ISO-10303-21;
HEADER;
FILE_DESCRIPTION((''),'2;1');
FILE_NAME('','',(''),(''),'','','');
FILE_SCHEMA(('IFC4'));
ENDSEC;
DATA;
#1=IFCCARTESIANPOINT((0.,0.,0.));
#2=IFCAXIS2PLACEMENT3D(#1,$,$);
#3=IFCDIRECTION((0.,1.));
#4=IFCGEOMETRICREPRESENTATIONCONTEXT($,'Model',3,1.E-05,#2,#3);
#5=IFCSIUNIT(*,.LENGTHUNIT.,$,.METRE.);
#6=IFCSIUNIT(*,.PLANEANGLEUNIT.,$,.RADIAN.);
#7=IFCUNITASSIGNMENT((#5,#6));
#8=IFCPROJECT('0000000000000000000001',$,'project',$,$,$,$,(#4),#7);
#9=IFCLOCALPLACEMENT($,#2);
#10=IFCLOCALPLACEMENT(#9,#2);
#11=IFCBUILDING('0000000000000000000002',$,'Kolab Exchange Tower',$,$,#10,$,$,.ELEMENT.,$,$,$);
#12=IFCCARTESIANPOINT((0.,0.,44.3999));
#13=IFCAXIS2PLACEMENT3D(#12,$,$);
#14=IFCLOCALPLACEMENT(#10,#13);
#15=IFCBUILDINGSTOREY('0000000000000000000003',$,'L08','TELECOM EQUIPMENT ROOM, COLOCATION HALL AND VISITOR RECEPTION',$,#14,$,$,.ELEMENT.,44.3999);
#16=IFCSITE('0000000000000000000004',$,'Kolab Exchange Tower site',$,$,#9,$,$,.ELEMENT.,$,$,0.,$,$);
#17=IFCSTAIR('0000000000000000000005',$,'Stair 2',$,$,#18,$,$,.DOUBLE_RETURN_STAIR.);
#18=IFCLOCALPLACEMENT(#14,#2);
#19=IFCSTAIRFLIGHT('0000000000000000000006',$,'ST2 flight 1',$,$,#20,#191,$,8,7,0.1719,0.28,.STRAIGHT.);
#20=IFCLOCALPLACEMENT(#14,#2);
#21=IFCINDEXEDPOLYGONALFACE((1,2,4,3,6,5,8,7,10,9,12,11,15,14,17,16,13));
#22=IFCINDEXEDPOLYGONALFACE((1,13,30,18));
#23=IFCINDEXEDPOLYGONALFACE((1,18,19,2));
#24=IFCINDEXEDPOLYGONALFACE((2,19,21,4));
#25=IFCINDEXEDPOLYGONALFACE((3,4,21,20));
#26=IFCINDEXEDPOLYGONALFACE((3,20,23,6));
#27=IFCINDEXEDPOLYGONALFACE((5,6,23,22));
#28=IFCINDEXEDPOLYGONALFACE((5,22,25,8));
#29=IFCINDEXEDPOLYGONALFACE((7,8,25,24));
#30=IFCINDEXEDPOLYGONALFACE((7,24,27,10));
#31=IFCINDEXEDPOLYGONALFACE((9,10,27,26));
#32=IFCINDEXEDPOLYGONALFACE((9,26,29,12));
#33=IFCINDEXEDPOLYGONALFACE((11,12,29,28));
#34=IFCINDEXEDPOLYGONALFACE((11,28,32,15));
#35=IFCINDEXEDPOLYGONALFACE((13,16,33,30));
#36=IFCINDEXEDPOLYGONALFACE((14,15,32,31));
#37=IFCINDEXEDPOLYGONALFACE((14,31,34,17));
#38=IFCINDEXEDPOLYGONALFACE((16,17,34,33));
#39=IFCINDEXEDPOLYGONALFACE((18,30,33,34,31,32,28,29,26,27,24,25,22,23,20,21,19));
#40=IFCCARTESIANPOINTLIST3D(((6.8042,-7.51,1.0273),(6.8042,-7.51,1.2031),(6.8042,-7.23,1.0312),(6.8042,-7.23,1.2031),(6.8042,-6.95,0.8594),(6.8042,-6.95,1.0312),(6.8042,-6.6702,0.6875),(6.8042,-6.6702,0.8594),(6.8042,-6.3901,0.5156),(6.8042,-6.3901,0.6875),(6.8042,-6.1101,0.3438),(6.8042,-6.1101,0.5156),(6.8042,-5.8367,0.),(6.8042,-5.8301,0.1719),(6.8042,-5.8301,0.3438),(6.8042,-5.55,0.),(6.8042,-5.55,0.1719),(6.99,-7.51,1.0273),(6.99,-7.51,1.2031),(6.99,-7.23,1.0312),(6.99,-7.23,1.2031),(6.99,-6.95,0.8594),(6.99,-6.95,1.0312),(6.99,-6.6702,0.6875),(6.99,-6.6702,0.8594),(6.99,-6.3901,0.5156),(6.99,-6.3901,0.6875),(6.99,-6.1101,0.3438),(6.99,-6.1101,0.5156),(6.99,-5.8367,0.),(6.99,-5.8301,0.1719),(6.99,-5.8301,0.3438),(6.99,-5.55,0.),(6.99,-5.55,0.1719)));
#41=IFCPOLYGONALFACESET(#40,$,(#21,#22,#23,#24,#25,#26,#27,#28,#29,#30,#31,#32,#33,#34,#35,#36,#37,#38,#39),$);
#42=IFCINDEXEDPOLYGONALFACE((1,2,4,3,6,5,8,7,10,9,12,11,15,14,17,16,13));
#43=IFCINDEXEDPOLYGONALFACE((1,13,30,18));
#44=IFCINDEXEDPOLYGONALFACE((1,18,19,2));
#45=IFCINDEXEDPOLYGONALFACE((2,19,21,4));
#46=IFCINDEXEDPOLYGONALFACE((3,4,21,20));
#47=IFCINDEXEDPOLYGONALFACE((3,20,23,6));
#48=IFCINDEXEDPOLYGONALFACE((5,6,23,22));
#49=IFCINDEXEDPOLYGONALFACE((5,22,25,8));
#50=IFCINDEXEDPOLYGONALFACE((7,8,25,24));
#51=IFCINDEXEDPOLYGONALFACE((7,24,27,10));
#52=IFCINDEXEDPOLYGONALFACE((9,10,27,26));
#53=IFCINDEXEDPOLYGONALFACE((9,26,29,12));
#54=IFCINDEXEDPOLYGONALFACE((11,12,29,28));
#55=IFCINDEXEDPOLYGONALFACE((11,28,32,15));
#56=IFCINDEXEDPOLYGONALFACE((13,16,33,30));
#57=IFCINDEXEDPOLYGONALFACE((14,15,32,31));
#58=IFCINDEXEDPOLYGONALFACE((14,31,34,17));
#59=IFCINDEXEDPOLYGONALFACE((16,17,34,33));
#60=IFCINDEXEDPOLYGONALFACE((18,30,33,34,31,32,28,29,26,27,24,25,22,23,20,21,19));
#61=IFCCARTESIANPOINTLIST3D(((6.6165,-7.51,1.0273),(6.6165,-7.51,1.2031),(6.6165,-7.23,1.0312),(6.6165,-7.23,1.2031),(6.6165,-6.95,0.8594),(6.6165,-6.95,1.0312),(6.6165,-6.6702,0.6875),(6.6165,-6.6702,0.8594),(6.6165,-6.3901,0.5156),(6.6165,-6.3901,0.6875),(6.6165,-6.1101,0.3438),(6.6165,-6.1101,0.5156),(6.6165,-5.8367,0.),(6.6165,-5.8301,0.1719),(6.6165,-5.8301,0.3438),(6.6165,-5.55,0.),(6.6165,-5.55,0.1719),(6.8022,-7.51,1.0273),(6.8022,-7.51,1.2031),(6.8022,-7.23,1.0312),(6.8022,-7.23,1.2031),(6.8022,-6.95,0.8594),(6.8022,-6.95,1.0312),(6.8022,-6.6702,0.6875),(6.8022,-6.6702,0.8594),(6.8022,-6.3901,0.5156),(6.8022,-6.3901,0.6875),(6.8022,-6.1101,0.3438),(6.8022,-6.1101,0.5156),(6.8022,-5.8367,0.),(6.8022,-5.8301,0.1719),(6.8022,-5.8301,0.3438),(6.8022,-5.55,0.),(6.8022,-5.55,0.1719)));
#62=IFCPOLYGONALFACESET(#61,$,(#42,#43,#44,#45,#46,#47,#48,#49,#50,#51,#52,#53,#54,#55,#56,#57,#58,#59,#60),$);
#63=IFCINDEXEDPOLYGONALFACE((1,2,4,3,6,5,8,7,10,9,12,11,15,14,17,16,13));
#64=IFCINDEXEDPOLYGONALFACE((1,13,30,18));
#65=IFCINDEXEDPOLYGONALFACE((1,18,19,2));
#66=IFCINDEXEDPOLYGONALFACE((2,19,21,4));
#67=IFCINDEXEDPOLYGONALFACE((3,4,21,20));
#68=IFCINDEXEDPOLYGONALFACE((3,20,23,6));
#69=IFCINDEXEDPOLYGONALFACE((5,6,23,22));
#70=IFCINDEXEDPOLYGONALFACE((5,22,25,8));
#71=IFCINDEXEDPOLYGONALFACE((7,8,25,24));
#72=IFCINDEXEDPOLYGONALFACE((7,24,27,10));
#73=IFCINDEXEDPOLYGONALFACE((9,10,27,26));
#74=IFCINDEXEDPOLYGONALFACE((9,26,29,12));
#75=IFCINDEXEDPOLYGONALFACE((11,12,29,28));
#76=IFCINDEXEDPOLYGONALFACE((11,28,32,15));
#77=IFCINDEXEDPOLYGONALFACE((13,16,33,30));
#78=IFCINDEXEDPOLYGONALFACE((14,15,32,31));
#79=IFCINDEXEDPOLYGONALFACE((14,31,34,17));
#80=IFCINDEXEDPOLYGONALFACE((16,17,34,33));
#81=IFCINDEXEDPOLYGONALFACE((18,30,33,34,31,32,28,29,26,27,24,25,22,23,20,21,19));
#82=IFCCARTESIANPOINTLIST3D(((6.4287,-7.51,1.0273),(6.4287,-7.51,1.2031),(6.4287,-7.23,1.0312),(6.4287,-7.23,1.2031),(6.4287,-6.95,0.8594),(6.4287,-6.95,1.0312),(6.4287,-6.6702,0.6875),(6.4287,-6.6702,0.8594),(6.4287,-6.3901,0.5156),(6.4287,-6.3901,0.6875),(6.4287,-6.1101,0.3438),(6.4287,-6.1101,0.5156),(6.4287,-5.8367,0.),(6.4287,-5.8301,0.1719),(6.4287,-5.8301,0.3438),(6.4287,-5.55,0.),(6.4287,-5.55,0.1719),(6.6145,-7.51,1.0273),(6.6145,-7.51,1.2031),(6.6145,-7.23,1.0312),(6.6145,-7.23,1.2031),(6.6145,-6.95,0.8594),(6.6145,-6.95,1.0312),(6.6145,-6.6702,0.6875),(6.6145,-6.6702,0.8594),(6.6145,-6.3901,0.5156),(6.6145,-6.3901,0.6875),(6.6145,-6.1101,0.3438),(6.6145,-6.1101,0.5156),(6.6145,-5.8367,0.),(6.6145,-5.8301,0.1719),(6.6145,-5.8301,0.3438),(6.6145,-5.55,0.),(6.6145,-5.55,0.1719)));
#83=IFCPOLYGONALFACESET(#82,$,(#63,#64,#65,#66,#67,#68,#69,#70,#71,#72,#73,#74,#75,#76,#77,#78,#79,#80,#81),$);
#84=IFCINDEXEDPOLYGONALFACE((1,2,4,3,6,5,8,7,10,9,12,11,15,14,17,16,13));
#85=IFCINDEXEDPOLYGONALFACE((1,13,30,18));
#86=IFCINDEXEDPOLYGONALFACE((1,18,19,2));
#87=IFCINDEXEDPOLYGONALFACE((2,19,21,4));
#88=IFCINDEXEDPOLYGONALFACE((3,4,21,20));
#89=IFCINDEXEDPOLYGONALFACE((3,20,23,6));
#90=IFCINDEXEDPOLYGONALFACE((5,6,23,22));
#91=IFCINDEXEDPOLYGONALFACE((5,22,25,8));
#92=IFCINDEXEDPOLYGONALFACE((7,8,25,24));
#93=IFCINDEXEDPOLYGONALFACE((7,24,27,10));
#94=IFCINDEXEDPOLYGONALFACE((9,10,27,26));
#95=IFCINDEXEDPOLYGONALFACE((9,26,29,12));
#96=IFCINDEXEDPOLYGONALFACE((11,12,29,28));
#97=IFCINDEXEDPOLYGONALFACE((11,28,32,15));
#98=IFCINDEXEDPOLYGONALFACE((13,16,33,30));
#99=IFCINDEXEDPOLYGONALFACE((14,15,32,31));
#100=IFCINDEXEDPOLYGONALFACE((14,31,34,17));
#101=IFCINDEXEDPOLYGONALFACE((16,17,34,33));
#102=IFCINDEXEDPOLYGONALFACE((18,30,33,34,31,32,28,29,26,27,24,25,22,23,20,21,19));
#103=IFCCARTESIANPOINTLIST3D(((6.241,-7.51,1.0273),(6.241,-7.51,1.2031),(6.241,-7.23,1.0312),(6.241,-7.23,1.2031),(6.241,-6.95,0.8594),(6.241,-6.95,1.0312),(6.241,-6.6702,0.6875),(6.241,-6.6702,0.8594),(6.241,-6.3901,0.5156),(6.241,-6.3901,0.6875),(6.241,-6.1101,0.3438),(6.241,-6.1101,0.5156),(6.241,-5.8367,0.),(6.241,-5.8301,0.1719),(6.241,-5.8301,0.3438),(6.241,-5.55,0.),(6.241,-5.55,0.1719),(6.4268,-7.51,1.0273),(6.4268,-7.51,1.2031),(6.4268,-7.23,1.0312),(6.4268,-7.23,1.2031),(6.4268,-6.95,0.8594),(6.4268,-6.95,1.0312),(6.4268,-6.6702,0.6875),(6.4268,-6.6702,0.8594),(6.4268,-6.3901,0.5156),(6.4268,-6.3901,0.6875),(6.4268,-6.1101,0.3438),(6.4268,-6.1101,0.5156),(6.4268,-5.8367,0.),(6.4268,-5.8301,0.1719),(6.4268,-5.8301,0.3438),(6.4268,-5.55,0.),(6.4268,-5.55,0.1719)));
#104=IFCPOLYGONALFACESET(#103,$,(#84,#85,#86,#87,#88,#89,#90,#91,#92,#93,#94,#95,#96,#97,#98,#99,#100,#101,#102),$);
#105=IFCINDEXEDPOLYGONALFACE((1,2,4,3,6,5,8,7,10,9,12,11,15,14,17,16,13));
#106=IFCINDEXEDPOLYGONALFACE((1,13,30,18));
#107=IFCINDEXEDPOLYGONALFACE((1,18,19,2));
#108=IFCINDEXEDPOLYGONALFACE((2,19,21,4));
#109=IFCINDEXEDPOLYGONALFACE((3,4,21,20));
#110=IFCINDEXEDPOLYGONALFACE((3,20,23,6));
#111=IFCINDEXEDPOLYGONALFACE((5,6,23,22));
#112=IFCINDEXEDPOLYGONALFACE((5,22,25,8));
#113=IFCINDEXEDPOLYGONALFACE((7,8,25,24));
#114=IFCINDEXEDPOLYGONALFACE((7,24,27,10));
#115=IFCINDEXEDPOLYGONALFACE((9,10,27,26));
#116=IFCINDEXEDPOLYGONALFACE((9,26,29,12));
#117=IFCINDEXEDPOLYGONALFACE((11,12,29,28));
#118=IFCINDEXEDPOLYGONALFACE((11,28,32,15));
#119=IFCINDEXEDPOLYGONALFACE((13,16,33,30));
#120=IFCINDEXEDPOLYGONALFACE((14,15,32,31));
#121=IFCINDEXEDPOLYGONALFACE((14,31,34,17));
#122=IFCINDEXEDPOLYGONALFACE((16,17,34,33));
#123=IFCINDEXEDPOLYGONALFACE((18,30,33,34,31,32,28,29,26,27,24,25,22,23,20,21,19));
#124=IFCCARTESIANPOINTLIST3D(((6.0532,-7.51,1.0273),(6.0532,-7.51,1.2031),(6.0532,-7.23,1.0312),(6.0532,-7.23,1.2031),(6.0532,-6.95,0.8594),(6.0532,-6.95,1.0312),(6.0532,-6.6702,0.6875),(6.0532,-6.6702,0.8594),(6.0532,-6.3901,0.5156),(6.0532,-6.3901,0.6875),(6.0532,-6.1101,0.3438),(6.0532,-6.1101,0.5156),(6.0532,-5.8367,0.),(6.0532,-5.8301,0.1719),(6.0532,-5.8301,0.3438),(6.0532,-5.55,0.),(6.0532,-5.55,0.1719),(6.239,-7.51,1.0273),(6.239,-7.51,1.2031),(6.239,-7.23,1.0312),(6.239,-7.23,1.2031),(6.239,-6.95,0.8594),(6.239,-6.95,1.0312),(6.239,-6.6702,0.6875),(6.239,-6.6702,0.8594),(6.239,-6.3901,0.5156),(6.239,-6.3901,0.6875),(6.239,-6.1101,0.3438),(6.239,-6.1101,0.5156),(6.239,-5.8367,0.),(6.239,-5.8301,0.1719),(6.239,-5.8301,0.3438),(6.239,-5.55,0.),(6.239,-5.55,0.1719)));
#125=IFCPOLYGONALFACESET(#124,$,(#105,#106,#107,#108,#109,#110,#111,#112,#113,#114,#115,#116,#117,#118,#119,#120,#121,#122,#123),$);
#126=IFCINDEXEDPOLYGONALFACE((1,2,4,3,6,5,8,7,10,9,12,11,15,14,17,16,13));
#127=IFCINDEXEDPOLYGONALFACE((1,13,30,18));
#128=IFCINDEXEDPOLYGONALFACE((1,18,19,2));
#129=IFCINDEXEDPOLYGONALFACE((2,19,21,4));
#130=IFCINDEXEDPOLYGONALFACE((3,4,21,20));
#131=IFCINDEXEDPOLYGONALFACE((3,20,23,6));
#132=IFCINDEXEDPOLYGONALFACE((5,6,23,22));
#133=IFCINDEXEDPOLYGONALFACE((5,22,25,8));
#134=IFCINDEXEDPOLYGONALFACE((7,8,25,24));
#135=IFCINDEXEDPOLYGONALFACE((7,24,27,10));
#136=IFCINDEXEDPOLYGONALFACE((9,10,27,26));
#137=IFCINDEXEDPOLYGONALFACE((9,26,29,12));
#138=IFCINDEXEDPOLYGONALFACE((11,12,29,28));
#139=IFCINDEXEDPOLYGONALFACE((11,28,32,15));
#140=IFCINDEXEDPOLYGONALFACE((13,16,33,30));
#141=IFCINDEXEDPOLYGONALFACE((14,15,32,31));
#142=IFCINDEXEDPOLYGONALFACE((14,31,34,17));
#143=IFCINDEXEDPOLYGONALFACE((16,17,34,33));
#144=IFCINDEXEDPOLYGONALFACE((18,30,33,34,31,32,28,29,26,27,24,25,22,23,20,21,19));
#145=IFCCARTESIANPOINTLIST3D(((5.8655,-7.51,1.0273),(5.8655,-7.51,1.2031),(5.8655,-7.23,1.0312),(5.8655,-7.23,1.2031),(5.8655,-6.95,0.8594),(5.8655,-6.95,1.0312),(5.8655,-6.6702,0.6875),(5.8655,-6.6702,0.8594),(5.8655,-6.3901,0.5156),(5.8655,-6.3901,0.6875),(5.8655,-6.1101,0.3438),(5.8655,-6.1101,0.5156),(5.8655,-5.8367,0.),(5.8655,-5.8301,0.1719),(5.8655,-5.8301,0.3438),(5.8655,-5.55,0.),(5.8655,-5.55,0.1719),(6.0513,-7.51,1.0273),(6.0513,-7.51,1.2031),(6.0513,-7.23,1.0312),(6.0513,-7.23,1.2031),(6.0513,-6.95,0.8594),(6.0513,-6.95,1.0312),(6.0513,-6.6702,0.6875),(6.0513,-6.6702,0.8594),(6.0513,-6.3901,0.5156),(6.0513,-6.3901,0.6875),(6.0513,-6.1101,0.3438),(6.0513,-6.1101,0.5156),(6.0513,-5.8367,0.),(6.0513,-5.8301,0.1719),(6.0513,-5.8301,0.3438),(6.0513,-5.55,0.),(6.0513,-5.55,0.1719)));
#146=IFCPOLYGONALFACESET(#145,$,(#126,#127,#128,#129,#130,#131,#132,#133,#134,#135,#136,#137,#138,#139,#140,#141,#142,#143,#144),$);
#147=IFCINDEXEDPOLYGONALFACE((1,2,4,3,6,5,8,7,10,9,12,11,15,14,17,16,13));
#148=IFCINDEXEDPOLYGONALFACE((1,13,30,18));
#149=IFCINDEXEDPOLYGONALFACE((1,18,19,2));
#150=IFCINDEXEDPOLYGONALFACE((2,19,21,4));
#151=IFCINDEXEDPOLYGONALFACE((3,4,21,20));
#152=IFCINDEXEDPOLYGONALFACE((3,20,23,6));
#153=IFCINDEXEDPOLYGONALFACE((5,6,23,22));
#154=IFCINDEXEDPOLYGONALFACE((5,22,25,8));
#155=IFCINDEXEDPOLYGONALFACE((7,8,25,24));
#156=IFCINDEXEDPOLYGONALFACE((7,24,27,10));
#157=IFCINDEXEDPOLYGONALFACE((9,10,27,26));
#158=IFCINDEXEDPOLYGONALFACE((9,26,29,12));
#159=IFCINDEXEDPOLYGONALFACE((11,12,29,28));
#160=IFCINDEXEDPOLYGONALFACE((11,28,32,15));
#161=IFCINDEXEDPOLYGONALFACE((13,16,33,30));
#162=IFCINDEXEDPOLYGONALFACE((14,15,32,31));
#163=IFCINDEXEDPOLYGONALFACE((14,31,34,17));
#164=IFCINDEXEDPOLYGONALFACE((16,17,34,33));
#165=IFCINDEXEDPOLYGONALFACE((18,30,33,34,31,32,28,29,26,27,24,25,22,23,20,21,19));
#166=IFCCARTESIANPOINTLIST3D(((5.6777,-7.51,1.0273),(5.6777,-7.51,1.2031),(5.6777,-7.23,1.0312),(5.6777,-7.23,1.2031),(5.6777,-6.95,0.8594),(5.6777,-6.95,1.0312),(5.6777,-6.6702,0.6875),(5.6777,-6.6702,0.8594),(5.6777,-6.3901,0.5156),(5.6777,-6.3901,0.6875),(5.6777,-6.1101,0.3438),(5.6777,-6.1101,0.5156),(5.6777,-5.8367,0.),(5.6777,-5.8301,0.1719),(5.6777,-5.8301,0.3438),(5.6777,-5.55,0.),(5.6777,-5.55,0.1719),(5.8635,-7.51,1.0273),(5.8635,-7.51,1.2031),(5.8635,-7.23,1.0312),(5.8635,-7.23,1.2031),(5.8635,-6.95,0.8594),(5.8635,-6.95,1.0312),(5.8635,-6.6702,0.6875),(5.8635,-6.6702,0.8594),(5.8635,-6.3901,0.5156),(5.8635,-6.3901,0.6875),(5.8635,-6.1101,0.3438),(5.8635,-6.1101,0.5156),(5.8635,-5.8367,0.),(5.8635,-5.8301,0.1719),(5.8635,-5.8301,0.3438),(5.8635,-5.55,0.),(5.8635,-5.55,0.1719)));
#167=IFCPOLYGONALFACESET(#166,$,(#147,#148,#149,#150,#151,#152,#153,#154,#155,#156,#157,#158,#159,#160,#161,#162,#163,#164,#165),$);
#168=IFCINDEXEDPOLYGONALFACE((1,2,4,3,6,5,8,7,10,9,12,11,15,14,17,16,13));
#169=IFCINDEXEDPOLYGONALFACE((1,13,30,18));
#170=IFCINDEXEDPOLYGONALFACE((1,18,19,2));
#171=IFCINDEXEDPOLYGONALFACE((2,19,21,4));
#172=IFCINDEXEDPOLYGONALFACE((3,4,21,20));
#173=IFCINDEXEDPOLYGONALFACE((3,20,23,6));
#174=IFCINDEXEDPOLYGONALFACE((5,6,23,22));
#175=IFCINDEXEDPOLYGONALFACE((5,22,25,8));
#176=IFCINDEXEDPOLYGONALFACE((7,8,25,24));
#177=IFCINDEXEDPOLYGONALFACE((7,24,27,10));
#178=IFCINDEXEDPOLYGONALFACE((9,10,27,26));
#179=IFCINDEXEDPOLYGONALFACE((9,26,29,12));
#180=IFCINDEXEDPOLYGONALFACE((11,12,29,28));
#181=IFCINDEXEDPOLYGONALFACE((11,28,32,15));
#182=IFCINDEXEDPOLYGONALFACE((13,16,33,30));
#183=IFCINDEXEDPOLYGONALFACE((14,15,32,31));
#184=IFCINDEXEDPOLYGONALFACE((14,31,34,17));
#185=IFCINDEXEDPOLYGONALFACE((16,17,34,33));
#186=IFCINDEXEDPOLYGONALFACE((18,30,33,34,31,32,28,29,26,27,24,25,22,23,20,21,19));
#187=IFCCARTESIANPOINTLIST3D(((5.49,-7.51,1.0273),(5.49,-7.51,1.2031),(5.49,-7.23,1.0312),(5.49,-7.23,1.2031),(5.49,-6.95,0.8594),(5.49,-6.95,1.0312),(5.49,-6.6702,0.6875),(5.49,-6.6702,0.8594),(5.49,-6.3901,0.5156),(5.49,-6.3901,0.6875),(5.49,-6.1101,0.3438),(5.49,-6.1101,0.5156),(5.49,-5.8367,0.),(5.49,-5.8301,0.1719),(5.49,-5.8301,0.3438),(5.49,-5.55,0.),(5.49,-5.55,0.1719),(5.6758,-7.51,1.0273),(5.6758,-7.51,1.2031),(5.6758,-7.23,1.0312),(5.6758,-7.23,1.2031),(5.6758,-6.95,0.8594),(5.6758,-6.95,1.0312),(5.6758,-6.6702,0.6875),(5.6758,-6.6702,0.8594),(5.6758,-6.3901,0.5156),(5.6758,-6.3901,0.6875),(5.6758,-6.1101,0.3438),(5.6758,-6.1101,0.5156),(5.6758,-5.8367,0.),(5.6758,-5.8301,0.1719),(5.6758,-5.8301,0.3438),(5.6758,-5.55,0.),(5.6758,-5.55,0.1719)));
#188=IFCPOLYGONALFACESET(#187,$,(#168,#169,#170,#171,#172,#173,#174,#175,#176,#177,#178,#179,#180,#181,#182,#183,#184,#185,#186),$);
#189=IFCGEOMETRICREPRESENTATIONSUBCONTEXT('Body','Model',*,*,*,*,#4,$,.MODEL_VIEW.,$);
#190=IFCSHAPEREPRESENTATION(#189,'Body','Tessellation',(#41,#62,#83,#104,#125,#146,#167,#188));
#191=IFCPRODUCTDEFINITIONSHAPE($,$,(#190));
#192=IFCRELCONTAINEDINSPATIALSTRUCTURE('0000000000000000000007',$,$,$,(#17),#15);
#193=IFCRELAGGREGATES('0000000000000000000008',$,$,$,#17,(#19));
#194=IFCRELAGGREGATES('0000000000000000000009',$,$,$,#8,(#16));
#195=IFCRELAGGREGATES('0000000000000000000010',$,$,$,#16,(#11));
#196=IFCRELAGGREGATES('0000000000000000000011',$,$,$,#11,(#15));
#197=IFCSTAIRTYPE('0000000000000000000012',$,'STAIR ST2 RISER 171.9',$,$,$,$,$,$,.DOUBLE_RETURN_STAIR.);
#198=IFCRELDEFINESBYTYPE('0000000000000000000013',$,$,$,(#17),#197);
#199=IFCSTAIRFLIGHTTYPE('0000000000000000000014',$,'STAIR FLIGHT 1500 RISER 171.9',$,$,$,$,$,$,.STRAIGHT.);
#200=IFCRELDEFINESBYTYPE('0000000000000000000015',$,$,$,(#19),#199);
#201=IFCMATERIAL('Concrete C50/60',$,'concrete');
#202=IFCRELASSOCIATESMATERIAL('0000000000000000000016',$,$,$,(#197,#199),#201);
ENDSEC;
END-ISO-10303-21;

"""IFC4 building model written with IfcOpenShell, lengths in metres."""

from ifc_helpers import new_model, si_unit, direction, frame, origin, place, context, subcontext, project, spatial, polyline, outline, extrude, material, type_object, element, aggregate, save


model = new_model("IFC4")

# Units and contexts
model_context = context("Model", 3, precision=1e-05, world=origin(), true_north=direction((0.0, 1.0)))
body_context = subcontext(model_context, "Body", "Model", "MODEL_VIEW")
ifc_project = project(units=[si_unit("LENGTHUNIT", "METRE"), si_unit("PLANEANGLEUNIT", "RADIAN")], contexts=[model_context])

# Site, building, storey
site_placement = place(None, origin())
site = spatial("IfcSite", under=ifc_project, at=site_placement, Name="Kolab Exchange Tower site", CompositionType="ELEMENT", RefElevation=0.0)
building_placement = place(site_placement, origin())
building = spatial("IfcBuilding", under=site, at=building_placement, Name="Kolab Exchange Tower", CompositionType="ELEMENT")
storey_placement = place(building_placement, frame((0.0, 0.0, 44.3999)))
storey = spatial("IfcBuildingStorey", under=building, at=storey_placement, Name="L08", Description="TELECOM EQUIPMENT ROOM, COLOCATION HALL AND VISITOR RECEPTION", CompositionType="ELEMENT", Elevation=44.3999)

# Shared definitions
ifc_material_1 = material(Name="Concrete C50/60", Category="concrete")

# Stair, stair flight
stair_type = type_object("IfcStairType", Name="STAIR ST2 RISER 171.9", PredefinedType="DOUBLE_RETURN_STAIR", material=ifc_material_1)
stair_placement = place(storey_placement, origin())
stair = element("IfcStair", 1, at=stair_placement, inside=storey, type_object=stair_type, Name="Stair 2", PredefinedType="DOUBLE_RETURN_STAIR")
stair_flight_type = type_object("IfcStairFlightType", Name="STAIR FLIGHT 1500 RISER 171.9", PredefinedType="STRAIGHT", material=ifc_material_1)
stair_flight_1_placement = place(storey_placement, frame((6.24, -5.55, 0.0), z_axis=(0.0, 0.0, 1.0), x_axis=(0.0, -1.0, 0.0)))
stair_flight_1 = element("IfcStairFlight", 2, at=stair_flight_1_placement, type_object=stair_flight_type, Name="ST2 flight 1", NumberOfRisers=8, NumberOfTreads=7, PredefinedType="STRAIGHT", RiserHeight=0.1719, TreadLength=0.28, context=body_context, shape_type="SweptSolid", body=[
    extrude(outline(polyline([(0.0, 0.0), (0.0, 0.1719), (0.28, 0.1719), (0.28, 0.3438), (0.5601, 0.3438), (0.5601, 0.5156), (0.8401, 0.5156), (0.8401, 0.6875), (1.1201, 0.6875), (1.1201, 0.8594), (1.3999, 0.8594), (1.3999, 1.0312), (1.6799, 1.0312), (1.6799, 1.2031), (1.96, 1.2031), (1.96, 1.375), (1.96, 1.0273), (0.2866, 0.0), (0.0, 0.0)])), frame((0.0, 0.75, 0.0), z_axis=(0.0, -1.0, 0.0), x_axis=(1.0, 0.0, 0.0)), (0.0, 0.0, 1.0), 0.1858),
    extrude(outline(polyline([(0.0, 0.0), (0.0, 0.1719), (0.28, 0.1719), (0.28, 0.3438), (0.5601, 0.3438), (0.5601, 0.5156), (0.8401, 0.5156), (0.8401, 0.6875), (1.1201, 0.6875), (1.1201, 0.8594), (1.3999, 0.8594), (1.3999, 1.0312), (1.6799, 1.0312), (1.6799, 1.2031), (1.96, 1.2031), (1.96, 1.375), (1.96, 1.0273), (0.2866, 0.0), (0.0, 0.0)])), frame((0.0, 0.5623, 0.0), z_axis=(0.0, -1.0, 0.0), x_axis=(1.0, 0.0, 0.0)), (0.0, 0.0, 1.0), 0.1858),
    extrude(outline(polyline([(0.0, 0.0), (0.0, 0.1719), (0.28, 0.1719), (0.28, 0.3438), (0.5601, 0.3438), (0.5601, 0.5156), (0.8401, 0.5156), (0.8401, 0.6875), (1.1201, 0.6875), (1.1201, 0.8594), (1.3999, 0.8594), (1.3999, 1.0312), (1.6799, 1.0312), (1.6799, 1.2031), (1.96, 1.2031), (1.96, 1.375), (1.96, 1.0273), (0.2866, 0.0), (0.0, 0.0)])), frame((0.0, 0.3745, 0.0), z_axis=(0.0, -1.0, 0.0), x_axis=(1.0, 0.0, 0.0)), (0.0, 0.0, 1.0), 0.1858),
    extrude(outline(polyline([(0.0, 0.0), (0.0, 0.1719), (0.28, 0.1719), (0.28, 0.3438), (0.5601, 0.3438), (0.5601, 0.5156), (0.8401, 0.5156), (0.8401, 0.6875), (1.1201, 0.6875), (1.1201, 0.8594), (1.3999, 0.8594), (1.3999, 1.0312), (1.6799, 1.0312), (1.6799, 1.2031), (1.96, 1.2031), (1.96, 1.375), (1.96, 1.0273), (0.2866, 0.0), (0.0, 0.0)])), frame((0.0, 0.1868, 0.0), z_axis=(0.0, -1.0, 0.0), x_axis=(1.0, 0.0, 0.0)), (0.0, 0.0, 1.0), 0.1858),
    extrude(outline(polyline([(0.0, 0.0), (0.0, 0.1719), (0.28, 0.1719), (0.28, 0.3438), (0.5601, 0.3438), (0.5601, 0.5156), (0.8401, 0.5156), (0.8401, 0.6875), (1.1201, 0.6875), (1.1201, 0.8594), (1.3999, 0.8594), (1.3999, 1.0312), (1.6799, 1.0312), (1.6799, 1.2031), (1.96, 1.2031), (1.96, 1.375), (1.96, 1.0273), (0.2866, 0.0), (0.0, 0.0)])), frame((0.0, -0.001, 0.0), z_axis=(0.0, -1.0, 0.0), x_axis=(1.0, 0.0, 0.0)), (0.0, 0.0, 1.0), 0.1858),
    extrude(outline(polyline([(0.0, 0.0), (0.0, 0.1719), (0.28, 0.1719), (0.28, 0.3438), (0.5601, 0.3438), (0.5601, 0.5156), (0.8401, 0.5156), (0.8401, 0.6875), (1.1201, 0.6875), (1.1201, 0.8594), (1.3999, 0.8594), (1.3999, 1.0312), (1.6799, 1.0312), (1.6799, 1.2031), (1.96, 1.2031), (1.96, 1.375), (1.96, 1.0273), (0.2866, 0.0), (0.0, 0.0)])), frame((0.0, -0.1887, 0.0), z_axis=(0.0, -1.0, 0.0), x_axis=(1.0, 0.0, 0.0)), (0.0, 0.0, 1.0), 0.1858),
    extrude(outline(polyline([(0.0, 0.0), (0.0, 0.1719), (0.28, 0.1719), (0.28, 0.3438), (0.5601, 0.3438), (0.5601, 0.5156), (0.8401, 0.5156), (0.8401, 0.6875), (1.1201, 0.6875), (1.1201, 0.8594), (1.3999, 0.8594), (1.3999, 1.0312), (1.6799, 1.0312), (1.6799, 1.2031), (1.96, 1.2031), (1.96, 1.375), (1.96, 1.0273), (0.2866, 0.0), (0.0, 0.0)])), frame((0.0, -0.3765, 0.0), z_axis=(0.0, -1.0, 0.0), x_axis=(1.0, 0.0, 0.0)), (0.0, 0.0, 1.0), 0.1858),
    extrude(outline(polyline([(0.0, 0.0), (0.0, 0.1719), (0.28, 0.1719), (0.28, 0.3438), (0.5601, 0.3438), (0.5601, 0.5156), (0.8401, 0.5156), (0.8401, 0.6875), (1.1201, 0.6875), (1.1201, 0.8594), (1.3999, 0.8594), (1.3999, 1.0312), (1.6799, 1.0312), (1.6799, 1.2031), (1.96, 1.2031), (1.96, 1.375), (1.96, 1.0273), (0.2866, 0.0), (0.0, 0.0)])), frame((0.0, -0.5642, 0.0), z_axis=(0.0, -1.0, 0.0), x_axis=(1.0, 0.0, 0.0)), (0.0, 0.0, 1.0), 0.1858),
])
aggregate(stair, [stair_flight_1])

save(model, "model.ifc")
